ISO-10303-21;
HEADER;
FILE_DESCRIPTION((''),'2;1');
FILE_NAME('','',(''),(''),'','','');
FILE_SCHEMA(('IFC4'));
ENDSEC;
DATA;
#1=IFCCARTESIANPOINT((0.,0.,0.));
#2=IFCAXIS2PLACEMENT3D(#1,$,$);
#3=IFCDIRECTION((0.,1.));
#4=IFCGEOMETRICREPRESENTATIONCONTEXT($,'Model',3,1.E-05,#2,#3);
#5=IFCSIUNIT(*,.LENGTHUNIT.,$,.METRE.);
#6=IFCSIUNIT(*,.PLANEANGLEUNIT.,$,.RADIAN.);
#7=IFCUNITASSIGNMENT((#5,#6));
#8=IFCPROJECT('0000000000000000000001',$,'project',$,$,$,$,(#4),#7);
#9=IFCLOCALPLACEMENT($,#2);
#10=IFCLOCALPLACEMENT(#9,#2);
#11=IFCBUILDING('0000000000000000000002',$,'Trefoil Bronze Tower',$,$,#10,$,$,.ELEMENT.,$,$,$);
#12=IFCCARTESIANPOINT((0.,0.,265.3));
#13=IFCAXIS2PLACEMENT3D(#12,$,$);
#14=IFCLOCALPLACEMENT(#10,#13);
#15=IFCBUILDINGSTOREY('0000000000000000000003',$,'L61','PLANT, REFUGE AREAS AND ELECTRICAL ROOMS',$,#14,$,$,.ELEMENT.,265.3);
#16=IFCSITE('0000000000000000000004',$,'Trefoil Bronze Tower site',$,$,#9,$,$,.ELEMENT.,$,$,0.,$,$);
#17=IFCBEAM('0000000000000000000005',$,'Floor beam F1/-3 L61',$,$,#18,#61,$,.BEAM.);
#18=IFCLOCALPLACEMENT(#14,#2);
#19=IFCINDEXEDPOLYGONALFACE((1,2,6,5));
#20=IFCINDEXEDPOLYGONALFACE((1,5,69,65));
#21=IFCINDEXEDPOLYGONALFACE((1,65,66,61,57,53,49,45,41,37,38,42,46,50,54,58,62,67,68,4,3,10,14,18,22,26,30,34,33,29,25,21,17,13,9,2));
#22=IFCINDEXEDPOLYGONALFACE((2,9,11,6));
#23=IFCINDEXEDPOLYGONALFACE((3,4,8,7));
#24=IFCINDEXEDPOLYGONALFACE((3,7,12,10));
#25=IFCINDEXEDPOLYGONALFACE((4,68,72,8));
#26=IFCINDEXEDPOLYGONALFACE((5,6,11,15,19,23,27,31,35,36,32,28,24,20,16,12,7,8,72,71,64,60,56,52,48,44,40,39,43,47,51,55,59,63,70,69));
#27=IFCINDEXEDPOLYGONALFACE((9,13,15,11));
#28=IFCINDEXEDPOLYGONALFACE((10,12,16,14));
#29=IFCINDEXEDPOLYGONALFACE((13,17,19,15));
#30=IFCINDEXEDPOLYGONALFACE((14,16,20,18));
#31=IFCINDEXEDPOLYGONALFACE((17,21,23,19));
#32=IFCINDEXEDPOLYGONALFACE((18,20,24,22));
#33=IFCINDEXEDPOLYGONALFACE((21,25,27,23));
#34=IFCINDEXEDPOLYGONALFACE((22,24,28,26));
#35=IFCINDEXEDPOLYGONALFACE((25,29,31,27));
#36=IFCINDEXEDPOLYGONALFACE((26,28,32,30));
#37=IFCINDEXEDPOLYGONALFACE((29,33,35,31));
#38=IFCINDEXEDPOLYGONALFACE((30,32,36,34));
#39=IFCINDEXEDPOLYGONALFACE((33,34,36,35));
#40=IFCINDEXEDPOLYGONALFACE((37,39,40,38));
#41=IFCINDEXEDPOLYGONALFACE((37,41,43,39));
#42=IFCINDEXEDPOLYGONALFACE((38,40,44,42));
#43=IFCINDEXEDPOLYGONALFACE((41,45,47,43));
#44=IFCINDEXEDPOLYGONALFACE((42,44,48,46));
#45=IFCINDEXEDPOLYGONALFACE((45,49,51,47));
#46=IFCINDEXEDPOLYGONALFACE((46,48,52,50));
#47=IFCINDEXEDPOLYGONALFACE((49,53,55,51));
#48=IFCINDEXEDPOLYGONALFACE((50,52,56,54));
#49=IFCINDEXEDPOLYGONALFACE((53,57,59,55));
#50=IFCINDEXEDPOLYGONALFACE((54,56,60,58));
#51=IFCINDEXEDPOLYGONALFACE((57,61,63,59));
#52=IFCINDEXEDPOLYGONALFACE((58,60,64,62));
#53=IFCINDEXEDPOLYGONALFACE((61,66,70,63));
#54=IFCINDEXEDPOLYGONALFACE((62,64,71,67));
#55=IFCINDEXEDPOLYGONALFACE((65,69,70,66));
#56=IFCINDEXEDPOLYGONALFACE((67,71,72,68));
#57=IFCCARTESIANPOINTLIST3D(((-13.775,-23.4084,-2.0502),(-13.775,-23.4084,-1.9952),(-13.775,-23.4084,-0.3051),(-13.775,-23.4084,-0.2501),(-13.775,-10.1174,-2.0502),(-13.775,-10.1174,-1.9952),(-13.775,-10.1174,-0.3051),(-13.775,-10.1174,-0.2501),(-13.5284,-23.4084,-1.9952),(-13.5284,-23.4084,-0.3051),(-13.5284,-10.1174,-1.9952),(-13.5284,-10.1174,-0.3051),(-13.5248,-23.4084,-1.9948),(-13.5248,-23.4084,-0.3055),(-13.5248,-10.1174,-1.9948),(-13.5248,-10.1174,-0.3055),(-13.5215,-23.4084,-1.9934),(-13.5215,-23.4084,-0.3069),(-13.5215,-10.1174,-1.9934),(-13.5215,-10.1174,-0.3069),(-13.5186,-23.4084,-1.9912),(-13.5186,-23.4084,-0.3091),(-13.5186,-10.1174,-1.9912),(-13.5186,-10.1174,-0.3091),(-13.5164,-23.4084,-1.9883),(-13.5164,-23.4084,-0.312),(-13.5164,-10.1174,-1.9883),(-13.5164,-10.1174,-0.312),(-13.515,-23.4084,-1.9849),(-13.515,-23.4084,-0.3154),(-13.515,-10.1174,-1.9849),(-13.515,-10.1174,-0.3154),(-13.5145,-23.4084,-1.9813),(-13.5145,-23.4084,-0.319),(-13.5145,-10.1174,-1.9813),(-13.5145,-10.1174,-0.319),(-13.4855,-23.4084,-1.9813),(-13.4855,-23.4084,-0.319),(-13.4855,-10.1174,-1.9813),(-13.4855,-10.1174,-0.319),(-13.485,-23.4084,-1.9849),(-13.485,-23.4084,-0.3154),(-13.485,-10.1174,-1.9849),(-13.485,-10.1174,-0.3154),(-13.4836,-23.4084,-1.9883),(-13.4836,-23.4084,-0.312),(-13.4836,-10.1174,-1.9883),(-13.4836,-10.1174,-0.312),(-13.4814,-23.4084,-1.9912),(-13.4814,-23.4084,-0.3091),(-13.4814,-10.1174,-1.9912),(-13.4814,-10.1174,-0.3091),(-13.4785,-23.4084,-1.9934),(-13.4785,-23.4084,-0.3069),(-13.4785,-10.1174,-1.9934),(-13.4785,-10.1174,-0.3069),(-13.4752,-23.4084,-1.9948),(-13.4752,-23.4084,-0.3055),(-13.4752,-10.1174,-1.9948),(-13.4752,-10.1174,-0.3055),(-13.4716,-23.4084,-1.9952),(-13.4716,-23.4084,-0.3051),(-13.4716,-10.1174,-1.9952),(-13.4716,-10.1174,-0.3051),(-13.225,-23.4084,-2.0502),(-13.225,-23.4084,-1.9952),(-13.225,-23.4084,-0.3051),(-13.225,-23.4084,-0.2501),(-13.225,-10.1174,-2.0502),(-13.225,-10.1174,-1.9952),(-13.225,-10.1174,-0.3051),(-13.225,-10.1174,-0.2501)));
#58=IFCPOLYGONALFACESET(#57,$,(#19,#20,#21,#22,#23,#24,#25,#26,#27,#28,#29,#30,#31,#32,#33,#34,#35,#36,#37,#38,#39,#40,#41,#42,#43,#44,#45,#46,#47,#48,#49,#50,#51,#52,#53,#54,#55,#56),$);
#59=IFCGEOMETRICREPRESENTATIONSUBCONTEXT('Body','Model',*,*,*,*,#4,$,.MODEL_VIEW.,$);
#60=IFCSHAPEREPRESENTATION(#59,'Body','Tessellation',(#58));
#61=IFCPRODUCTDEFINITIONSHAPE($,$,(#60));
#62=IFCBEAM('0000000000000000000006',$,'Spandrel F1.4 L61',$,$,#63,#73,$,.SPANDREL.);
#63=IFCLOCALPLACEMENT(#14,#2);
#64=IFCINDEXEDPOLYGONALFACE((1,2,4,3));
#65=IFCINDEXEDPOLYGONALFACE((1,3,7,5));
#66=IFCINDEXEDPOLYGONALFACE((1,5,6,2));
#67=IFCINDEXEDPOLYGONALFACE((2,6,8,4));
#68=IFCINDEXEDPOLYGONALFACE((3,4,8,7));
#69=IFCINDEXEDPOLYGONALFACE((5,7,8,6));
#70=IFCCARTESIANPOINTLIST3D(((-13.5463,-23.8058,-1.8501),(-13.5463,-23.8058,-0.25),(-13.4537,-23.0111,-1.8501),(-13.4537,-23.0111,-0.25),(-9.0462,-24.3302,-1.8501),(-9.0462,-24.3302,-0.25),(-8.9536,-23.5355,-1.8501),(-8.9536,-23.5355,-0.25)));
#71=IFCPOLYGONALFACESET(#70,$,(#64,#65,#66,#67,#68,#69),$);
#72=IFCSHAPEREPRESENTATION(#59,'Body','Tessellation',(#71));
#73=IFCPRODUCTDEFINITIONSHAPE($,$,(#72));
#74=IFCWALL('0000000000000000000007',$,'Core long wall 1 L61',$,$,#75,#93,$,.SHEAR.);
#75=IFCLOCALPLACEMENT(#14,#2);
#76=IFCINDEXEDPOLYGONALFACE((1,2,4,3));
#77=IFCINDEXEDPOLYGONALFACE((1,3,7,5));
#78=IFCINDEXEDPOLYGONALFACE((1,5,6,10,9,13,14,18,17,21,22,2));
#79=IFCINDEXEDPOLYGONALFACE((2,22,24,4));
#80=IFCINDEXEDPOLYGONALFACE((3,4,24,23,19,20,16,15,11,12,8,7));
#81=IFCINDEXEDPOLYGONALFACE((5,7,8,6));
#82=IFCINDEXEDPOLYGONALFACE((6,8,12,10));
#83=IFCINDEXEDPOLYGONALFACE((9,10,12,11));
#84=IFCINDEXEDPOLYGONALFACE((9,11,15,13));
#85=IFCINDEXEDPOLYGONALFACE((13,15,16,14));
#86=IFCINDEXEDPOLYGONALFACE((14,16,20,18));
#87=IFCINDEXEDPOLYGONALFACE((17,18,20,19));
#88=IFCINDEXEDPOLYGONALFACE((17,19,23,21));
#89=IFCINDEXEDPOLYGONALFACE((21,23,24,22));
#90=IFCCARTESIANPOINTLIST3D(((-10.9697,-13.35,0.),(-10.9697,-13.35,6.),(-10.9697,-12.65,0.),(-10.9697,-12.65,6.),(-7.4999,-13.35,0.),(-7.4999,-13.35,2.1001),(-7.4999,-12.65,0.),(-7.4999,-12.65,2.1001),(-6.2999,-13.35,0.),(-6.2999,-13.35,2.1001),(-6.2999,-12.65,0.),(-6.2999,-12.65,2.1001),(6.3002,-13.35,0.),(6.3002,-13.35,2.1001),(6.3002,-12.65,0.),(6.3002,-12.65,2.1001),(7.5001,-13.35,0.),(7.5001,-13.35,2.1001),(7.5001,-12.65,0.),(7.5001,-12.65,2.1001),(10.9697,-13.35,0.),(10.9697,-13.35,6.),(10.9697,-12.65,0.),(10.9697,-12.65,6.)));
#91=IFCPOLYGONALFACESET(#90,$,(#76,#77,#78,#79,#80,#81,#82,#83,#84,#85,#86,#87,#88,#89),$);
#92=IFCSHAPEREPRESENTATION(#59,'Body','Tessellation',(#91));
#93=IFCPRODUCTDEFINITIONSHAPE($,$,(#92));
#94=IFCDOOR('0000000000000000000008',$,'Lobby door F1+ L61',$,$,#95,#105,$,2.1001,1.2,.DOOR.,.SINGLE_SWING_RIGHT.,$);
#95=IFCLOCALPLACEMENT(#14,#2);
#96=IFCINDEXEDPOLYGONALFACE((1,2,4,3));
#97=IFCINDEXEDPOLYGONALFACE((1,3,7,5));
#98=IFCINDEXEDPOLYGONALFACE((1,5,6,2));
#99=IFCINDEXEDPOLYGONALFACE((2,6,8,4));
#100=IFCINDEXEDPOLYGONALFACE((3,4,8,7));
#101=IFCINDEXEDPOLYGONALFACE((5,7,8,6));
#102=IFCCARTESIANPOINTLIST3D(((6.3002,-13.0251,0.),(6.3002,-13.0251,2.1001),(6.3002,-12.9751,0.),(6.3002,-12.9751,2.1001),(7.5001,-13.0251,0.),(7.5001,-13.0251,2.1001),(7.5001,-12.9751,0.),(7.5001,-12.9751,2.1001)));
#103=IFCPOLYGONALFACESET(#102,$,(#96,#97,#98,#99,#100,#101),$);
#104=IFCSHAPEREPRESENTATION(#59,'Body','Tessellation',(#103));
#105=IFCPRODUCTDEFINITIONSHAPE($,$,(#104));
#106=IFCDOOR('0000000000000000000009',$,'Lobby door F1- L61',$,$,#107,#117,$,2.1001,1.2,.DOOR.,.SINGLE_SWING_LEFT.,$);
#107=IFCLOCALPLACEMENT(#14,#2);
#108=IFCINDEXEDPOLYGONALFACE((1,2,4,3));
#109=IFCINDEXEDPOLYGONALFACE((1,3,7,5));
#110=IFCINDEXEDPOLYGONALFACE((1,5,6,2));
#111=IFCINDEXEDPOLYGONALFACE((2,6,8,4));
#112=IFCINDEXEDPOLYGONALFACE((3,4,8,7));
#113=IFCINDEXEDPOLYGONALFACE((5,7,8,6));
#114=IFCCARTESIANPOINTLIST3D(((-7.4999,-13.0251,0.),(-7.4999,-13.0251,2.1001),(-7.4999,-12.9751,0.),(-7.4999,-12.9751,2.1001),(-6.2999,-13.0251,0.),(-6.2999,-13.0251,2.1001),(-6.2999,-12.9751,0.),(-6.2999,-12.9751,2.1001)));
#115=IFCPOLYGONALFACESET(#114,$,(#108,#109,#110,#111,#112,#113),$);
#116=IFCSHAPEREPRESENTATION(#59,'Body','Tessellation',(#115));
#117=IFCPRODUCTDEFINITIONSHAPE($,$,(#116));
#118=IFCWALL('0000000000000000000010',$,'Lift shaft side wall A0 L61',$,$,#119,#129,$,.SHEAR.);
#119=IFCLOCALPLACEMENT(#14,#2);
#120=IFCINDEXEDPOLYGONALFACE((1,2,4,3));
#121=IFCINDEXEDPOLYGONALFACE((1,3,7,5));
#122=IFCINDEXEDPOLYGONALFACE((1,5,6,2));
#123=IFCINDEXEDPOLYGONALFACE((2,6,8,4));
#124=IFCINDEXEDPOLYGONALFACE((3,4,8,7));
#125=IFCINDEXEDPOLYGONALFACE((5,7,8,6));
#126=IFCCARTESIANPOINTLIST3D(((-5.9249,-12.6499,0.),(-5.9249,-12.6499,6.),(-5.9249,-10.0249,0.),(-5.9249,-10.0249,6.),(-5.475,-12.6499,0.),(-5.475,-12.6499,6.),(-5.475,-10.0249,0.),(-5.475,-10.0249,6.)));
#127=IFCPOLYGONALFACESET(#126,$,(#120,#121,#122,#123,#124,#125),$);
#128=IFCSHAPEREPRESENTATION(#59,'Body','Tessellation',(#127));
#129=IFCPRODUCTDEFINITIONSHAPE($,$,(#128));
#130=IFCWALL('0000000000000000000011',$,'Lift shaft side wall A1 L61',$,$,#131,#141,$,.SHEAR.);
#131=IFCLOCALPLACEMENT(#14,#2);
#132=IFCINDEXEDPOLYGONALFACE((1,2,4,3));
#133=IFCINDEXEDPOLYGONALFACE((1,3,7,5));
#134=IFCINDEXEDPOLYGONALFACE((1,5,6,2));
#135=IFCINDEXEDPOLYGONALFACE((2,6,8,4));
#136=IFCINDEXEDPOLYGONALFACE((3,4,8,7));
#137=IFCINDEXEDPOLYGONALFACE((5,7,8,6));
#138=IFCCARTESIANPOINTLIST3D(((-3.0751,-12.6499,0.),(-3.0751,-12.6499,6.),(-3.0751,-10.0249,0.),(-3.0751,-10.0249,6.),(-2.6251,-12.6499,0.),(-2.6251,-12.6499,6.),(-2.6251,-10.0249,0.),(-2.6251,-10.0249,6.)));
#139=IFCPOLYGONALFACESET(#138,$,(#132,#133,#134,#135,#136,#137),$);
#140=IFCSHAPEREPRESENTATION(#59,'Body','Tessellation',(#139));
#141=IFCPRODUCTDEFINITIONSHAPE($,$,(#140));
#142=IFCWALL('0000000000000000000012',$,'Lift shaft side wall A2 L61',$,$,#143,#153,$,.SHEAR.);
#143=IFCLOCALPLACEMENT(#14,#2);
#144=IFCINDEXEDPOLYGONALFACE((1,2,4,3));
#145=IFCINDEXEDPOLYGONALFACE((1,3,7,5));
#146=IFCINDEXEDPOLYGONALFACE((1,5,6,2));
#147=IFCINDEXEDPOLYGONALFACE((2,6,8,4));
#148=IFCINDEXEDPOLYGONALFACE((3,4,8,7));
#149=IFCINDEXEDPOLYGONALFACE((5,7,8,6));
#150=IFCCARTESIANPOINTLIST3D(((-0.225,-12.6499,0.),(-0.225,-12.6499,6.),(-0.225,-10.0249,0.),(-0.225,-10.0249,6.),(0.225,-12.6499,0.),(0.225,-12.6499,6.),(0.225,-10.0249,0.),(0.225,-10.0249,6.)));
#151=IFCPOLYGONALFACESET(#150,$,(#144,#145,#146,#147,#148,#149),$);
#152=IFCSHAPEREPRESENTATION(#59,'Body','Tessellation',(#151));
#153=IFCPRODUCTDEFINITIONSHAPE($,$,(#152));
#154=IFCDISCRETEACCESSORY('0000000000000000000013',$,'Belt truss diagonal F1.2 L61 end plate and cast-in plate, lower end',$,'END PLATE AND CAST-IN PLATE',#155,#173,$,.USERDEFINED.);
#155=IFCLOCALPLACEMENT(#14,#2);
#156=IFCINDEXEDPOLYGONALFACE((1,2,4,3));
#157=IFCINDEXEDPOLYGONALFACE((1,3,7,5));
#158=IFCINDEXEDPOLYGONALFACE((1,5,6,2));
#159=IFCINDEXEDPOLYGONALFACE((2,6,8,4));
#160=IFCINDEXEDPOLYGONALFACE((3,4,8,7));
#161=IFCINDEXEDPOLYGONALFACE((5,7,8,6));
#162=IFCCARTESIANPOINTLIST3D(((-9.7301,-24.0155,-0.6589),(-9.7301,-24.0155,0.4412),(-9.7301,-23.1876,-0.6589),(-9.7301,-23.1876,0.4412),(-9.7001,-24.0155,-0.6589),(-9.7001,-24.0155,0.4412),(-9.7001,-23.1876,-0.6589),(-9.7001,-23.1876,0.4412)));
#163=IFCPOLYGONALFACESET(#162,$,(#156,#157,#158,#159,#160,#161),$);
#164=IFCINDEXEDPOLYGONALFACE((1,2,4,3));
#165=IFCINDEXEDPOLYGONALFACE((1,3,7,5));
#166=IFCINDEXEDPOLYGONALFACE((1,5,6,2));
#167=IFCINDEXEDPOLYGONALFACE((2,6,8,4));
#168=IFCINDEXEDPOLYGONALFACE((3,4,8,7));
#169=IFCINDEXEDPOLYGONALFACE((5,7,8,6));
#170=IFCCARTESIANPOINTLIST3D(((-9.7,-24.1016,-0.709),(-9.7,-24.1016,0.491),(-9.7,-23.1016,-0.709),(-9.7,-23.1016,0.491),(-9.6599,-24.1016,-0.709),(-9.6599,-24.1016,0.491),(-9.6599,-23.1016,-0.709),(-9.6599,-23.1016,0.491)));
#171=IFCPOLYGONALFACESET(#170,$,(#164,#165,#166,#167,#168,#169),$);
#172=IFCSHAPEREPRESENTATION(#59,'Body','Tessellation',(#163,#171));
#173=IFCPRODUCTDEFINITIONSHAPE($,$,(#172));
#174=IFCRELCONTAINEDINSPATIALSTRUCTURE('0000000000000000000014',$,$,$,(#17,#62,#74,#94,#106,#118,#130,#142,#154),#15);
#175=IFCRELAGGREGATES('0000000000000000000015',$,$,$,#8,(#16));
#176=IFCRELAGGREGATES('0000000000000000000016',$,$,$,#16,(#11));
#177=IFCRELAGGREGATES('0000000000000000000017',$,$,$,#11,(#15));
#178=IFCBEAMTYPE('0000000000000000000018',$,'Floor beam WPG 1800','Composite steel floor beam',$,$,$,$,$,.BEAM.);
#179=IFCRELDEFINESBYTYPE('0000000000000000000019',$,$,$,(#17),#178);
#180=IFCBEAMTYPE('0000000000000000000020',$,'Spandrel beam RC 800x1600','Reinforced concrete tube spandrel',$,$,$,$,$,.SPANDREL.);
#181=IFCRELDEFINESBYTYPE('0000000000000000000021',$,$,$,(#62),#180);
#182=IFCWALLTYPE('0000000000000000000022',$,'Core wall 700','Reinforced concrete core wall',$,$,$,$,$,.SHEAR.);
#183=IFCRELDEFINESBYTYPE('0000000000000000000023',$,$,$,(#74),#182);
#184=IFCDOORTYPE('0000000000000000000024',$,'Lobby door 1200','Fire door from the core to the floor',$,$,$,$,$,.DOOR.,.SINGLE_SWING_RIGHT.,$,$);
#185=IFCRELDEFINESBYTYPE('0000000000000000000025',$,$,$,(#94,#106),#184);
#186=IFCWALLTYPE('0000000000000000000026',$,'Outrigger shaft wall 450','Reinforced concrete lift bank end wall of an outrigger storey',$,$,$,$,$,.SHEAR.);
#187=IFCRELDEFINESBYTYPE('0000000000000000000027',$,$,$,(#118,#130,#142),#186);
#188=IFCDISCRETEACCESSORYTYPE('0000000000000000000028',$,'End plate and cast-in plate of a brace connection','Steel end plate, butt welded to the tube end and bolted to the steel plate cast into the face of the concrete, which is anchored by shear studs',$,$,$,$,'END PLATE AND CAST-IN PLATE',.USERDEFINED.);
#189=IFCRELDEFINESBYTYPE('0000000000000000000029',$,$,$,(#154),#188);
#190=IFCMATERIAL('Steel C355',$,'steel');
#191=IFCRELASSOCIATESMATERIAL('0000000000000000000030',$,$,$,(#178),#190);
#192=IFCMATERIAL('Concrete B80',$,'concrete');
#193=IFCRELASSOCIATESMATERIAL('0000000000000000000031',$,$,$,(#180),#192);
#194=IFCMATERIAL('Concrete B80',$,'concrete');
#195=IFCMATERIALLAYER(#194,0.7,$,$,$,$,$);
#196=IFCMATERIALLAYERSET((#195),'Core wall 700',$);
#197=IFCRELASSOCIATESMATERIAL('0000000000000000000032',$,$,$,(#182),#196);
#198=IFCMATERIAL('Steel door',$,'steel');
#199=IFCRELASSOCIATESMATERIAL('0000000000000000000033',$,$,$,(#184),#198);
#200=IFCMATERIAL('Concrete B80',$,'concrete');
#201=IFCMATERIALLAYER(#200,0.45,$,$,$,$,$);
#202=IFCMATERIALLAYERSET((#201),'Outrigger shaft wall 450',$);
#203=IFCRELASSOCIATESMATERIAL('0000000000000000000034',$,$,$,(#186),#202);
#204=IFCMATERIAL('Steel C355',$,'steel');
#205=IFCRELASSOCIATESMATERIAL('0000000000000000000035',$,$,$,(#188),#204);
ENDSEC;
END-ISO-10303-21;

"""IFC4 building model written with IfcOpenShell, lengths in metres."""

from ifc_helpers import new_model, si_unit, direction, frame, frame_2d, origin, origin_2d, place, context, subcontext, project, spatial, rectangle, i_section, extrude, material, layer, layer_set, material_profile, profile_set, type_object, element, fill, save


model = new_model("IFC4")

# Units and contexts
model_context = context("Model", 3, precision=1e-05, world=origin(), true_north=direction((0.0, 1.0)))
body_context = subcontext(model_context, "Body", "Model", "MODEL_VIEW")
ifc_project = project(units=[si_unit("LENGTHUNIT", "METRE"), si_unit("PLANEANGLEUNIT", "RADIAN")], contexts=[model_context])

# Site, building, storey
site_placement = place(None, origin())
site = spatial("IfcSite", under=ifc_project, at=site_placement, Name="Trefoil Bronze Tower site", CompositionType="ELEMENT", RefElevation=0.0)
building_placement = place(site_placement, origin())
building = spatial("IfcBuilding", under=site, at=building_placement, Name="Trefoil Bronze Tower", CompositionType="ELEMENT")
storey_placement = place(building_placement, frame((0.0, 0.0, 265.3)))
storey = spatial("IfcBuildingStorey", under=building, at=storey_placement, Name="L61", Description="PLANT, REFUGE AREAS AND ELECTRICAL ROOMS", CompositionType="ELEMENT", Elevation=265.3)

# Beams
ifc_material_1 = material(Name="Steel C355", Category="steel")
ifc_material_profile_1 = material_profile(ifc_material_1, i_section(OverallWidth=0.55, OverallDepth=1.8, WebThickness=0.0291, FlangeThickness=0.0549, FilletRadius=0.0139, at=origin_2d()), Name="WPG 1800")
ifc_profile_set_1 = profile_set([ifc_material_profile_1], Name="Steel C355")
beam_type_1 = type_object("IfcBeamType", Name="Floor beam WPG 1800", Description="Composite steel floor beam", PredefinedType="BEAM", material=ifc_profile_set_1)
beam_1_placement = place(storey_placement, frame((-13.5, -23.4084, -1.1501), z_axis=(0.0, 1.0, 0.0), x_axis=(-1.0, 0.0, 0.0)))
element("IfcBeam", 1, at=beam_1_placement, inside=storey, type_object=beam_type_1, Name="Floor beam F1/-3 L61", PredefinedType="BEAM", context=body_context, shape_type="SweptSolid", body=[
    extrude(i_section(OverallWidth=0.55, OverallDepth=1.8, WebThickness=0.0291, FlangeThickness=0.0549, FilletRadius=0.0139, at=origin_2d()), origin(), (0.0, 0.0, 1.0), 13.291),
])
ifc_material_2 = material(Name="Concrete B80", Category="concrete")
ifc_material_profile_2 = material_profile(ifc_material_2, rectangle(XDim=0.8, YDim=1.6001, at=origin_2d()), Name="RC 800x1600")
ifc_profile_set_2 = profile_set([ifc_material_profile_2], Name="Concrete B80")
beam_type_2 = type_object("IfcBeamType", Name="Spandrel beam RC 800x1600", Description="Reinforced concrete tube spandrel", PredefinedType="SPANDREL", material=ifc_profile_set_2)
beam_2_placement = place(storey_placement, frame((-13.5, -23.4084, -1.05), z_axis=(0.993278, -0.115753, 0.0), x_axis=(0.115753, 0.993278, 0.0)))
element("IfcBeam", 2, at=beam_2_placement, inside=storey, type_object=beam_type_2, Name="Spandrel F1.4 L61", PredefinedType="SPANDREL", context=body_context, shape_type="SweptSolid", body=[
    extrude(rectangle(XDim=0.8, YDim=1.6001, at=origin_2d()), origin(), (0.0, 0.0, 1.0), 4.5305),
])

# Wall, openings, doors
ifc_material_3 = material(Name="Concrete B80", Category="concrete")
ifc_layer_1 = layer(ifc_material_3, 0.7)
ifc_layer_set_1 = layer_set([ifc_layer_1], Name="Core wall 700")
wall_type_1 = type_object("IfcWallType", Name="Core wall 700", Description="Reinforced concrete core wall", PredefinedType="SHEAR", material=ifc_layer_set_1)
wall_placement = place(storey_placement, frame((-10.9697, -13.0, 0.0), z_axis=(0.0, 0.0, 1.0), x_axis=(1.0, 0.0, 0.0)))
wall = element("IfcWall", 3, at=wall_placement, inside=storey, type_object=wall_type_1, Name="Core long wall 1 L61", PredefinedType="SHEAR", context=body_context, shape_type="SweptSolid", body=[
    extrude(rectangle(XDim=21.9395, YDim=0.7, at=frame_2d((10.9697, 0.0))), origin(), (0.0, 0.0, 1.0), 6.0),
])
opening_1_placement = place(wall_placement, frame((17.2698, 0.0, 0.0)))
opening_1 = element("IfcOpeningElement", 4, at=opening_1_placement, cuts=wall, PredefinedType="OPENING", context=body_context, shape_type="SweptSolid", body=[
    extrude(rectangle(XDim=1.2, YDim=2.1001, at=frame_2d((0.6001, 1.05))), frame((0.0, 0.3599, 0.0), z_axis=(0.0, -1.0, 0.0), x_axis=(1.0, 0.0, 0.0)), (0.0, 0.0, 1.0), 0.72),
])
opening_2_placement = place(wall_placement, frame((3.4697, 0.0, 0.0)))
opening_2 = element("IfcOpeningElement", 5, at=opening_2_placement, cuts=wall, PredefinedType="OPENING", context=body_context, shape_type="SweptSolid", body=[
    extrude(rectangle(XDim=1.2, YDim=2.1001, at=frame_2d((0.6001, 1.05))), frame((0.0, 0.3599, 0.0), z_axis=(0.0, -1.0, 0.0), x_axis=(1.0, 0.0, 0.0)), (0.0, 0.0, 1.0), 0.72),
])
ifc_material_4 = material(Name="Steel door", Category="steel")
door_type = type_object("IfcDoorType", Name="Lobby door 1200", Description="Fire door from the core to the floor", OperationType="SINGLE_SWING_RIGHT", PredefinedType="DOOR", material=ifc_material_4)
door_1_placement = place(opening_1_placement, origin())
door_1 = element("IfcDoor", 6, at=door_1_placement, inside=storey, type_object=door_type, Name="Lobby door F1+ L61", OperationType="SINGLE_SWING_RIGHT", OverallHeight=2.1001, OverallWidth=1.2, PredefinedType="DOOR", context=body_context, shape_type="SweptSolid", body=[
    extrude(rectangle(XDim=1.2, YDim=2.1001, at=frame_2d((0.6001, 1.05))), frame((0.0, 0.0249, 0.0), z_axis=(0.0, -1.0, 0.0), x_axis=(1.0, 0.0, 0.0)), (0.0, 0.0, 1.0), 0.05),
])
fill(opening_1, door_1)
door_2_placement = place(opening_2_placement, origin())
door_2 = element("IfcDoor", 7, at=door_2_placement, inside=storey, type_object=door_type, Name="Lobby door F1- L61", OperationType="SINGLE_SWING_LEFT", OverallHeight=2.1001, OverallWidth=1.2, PredefinedType="DOOR", context=body_context, shape_type="SweptSolid", body=[
    extrude(rectangle(XDim=1.2, YDim=2.1001, at=frame_2d((0.6001, 1.05))), frame((0.0, 0.0249, 0.0), z_axis=(0.0, -1.0, 0.0), x_axis=(1.0, 0.0, 0.0)), (0.0, 0.0, 1.0), 0.05),
])
fill(opening_2, door_2)

# Walls
ifc_material_5 = material(Name="Concrete B80", Category="concrete")
ifc_layer_2 = layer(ifc_material_5, 0.45)
ifc_layer_set_2 = layer_set([ifc_layer_2], Name="Outrigger shaft wall 450")
wall_type_2 = type_object("IfcWallType", Name="Outrigger shaft wall 450", Description="Reinforced concrete lift bank end wall of an outrigger storey", PredefinedType="SHEAR", material=ifc_layer_set_2)
for number, where, z_axis, x_axis, name in (
    (8, (-5.7, -10.0249, 0.0), (0.0, 0.0, 1.0), (0.0, -1.0, 0.0), "Lift shaft side wall A0 L61"),
    (9, (-2.8501, -10.0249, 0.0), (0.0, 0.0, 1.0), (0.0, -1.0, 0.0), "Lift shaft side wall A1 L61"),
    (10, (0.0, -10.0249, 0.0), (0.0, 0.0, 1.0), (0.0, -1.0, 0.0), "Lift shaft side wall A2 L61"),
):
    element("IfcWall", number, at=place(storey_placement, frame(where, z_axis=z_axis, x_axis=x_axis)), inside=storey, type_object=wall_type_2, Name=name, PredefinedType="SHEAR", context=body_context, shape_type="SweptSolid", body=[
        extrude(rectangle(XDim=2.625, YDim=0.45, at=frame_2d((1.3125, 0.0))), origin(), (0.0, 0.0, 1.0), 6.0),
    ])

# Discrete accessory
ifc_material_6 = material(Name="Steel C355", Category="steel")
discrete_accessory_type = type_object("IfcDiscreteAccessoryType", Name="End plate and cast-in plate of a brace connection", Description="Steel end plate, butt welded to the tube end and bolted to the steel plate cast into the face of the concrete, which is anchored by shear studs", ElementType="END PLATE AND CAST-IN PLATE", PredefinedType="USERDEFINED", material=ifc_material_6)
for number, where, z_axis, x_axis, name in (
    (11, (-9.7, -23.6016, -0.1089), (0.0, 0.0, 1.0), (-1.0, 0.0, 0.0), "Belt truss diagonal F1.2 L61 end plate and cast-in plate, lower end"),
):
    element("IfcDiscreteAccessory", number, at=place(storey_placement, frame(where, z_axis=z_axis, x_axis=x_axis)), inside=storey, type_object=discrete_accessory_type, Name=name, ObjectType="END PLATE AND CAST-IN PLATE", PredefinedType="USERDEFINED", context=body_context, shape_type="SweptSolid", body=[
        extrude(rectangle(XDim=0.03, YDim=0.8279, at=origin_2d()), frame((0.0151, 0.0, -0.55)), (0.0, 0.0, 1.0), 1.1001),
        extrude(rectangle(XDim=0.04, YDim=1.0, at=origin_2d()), frame((-0.02, 0.0, -0.6001)), (0.0, 0.0, 1.0), 1.2),
    ])

save(model, "model.ifc")
